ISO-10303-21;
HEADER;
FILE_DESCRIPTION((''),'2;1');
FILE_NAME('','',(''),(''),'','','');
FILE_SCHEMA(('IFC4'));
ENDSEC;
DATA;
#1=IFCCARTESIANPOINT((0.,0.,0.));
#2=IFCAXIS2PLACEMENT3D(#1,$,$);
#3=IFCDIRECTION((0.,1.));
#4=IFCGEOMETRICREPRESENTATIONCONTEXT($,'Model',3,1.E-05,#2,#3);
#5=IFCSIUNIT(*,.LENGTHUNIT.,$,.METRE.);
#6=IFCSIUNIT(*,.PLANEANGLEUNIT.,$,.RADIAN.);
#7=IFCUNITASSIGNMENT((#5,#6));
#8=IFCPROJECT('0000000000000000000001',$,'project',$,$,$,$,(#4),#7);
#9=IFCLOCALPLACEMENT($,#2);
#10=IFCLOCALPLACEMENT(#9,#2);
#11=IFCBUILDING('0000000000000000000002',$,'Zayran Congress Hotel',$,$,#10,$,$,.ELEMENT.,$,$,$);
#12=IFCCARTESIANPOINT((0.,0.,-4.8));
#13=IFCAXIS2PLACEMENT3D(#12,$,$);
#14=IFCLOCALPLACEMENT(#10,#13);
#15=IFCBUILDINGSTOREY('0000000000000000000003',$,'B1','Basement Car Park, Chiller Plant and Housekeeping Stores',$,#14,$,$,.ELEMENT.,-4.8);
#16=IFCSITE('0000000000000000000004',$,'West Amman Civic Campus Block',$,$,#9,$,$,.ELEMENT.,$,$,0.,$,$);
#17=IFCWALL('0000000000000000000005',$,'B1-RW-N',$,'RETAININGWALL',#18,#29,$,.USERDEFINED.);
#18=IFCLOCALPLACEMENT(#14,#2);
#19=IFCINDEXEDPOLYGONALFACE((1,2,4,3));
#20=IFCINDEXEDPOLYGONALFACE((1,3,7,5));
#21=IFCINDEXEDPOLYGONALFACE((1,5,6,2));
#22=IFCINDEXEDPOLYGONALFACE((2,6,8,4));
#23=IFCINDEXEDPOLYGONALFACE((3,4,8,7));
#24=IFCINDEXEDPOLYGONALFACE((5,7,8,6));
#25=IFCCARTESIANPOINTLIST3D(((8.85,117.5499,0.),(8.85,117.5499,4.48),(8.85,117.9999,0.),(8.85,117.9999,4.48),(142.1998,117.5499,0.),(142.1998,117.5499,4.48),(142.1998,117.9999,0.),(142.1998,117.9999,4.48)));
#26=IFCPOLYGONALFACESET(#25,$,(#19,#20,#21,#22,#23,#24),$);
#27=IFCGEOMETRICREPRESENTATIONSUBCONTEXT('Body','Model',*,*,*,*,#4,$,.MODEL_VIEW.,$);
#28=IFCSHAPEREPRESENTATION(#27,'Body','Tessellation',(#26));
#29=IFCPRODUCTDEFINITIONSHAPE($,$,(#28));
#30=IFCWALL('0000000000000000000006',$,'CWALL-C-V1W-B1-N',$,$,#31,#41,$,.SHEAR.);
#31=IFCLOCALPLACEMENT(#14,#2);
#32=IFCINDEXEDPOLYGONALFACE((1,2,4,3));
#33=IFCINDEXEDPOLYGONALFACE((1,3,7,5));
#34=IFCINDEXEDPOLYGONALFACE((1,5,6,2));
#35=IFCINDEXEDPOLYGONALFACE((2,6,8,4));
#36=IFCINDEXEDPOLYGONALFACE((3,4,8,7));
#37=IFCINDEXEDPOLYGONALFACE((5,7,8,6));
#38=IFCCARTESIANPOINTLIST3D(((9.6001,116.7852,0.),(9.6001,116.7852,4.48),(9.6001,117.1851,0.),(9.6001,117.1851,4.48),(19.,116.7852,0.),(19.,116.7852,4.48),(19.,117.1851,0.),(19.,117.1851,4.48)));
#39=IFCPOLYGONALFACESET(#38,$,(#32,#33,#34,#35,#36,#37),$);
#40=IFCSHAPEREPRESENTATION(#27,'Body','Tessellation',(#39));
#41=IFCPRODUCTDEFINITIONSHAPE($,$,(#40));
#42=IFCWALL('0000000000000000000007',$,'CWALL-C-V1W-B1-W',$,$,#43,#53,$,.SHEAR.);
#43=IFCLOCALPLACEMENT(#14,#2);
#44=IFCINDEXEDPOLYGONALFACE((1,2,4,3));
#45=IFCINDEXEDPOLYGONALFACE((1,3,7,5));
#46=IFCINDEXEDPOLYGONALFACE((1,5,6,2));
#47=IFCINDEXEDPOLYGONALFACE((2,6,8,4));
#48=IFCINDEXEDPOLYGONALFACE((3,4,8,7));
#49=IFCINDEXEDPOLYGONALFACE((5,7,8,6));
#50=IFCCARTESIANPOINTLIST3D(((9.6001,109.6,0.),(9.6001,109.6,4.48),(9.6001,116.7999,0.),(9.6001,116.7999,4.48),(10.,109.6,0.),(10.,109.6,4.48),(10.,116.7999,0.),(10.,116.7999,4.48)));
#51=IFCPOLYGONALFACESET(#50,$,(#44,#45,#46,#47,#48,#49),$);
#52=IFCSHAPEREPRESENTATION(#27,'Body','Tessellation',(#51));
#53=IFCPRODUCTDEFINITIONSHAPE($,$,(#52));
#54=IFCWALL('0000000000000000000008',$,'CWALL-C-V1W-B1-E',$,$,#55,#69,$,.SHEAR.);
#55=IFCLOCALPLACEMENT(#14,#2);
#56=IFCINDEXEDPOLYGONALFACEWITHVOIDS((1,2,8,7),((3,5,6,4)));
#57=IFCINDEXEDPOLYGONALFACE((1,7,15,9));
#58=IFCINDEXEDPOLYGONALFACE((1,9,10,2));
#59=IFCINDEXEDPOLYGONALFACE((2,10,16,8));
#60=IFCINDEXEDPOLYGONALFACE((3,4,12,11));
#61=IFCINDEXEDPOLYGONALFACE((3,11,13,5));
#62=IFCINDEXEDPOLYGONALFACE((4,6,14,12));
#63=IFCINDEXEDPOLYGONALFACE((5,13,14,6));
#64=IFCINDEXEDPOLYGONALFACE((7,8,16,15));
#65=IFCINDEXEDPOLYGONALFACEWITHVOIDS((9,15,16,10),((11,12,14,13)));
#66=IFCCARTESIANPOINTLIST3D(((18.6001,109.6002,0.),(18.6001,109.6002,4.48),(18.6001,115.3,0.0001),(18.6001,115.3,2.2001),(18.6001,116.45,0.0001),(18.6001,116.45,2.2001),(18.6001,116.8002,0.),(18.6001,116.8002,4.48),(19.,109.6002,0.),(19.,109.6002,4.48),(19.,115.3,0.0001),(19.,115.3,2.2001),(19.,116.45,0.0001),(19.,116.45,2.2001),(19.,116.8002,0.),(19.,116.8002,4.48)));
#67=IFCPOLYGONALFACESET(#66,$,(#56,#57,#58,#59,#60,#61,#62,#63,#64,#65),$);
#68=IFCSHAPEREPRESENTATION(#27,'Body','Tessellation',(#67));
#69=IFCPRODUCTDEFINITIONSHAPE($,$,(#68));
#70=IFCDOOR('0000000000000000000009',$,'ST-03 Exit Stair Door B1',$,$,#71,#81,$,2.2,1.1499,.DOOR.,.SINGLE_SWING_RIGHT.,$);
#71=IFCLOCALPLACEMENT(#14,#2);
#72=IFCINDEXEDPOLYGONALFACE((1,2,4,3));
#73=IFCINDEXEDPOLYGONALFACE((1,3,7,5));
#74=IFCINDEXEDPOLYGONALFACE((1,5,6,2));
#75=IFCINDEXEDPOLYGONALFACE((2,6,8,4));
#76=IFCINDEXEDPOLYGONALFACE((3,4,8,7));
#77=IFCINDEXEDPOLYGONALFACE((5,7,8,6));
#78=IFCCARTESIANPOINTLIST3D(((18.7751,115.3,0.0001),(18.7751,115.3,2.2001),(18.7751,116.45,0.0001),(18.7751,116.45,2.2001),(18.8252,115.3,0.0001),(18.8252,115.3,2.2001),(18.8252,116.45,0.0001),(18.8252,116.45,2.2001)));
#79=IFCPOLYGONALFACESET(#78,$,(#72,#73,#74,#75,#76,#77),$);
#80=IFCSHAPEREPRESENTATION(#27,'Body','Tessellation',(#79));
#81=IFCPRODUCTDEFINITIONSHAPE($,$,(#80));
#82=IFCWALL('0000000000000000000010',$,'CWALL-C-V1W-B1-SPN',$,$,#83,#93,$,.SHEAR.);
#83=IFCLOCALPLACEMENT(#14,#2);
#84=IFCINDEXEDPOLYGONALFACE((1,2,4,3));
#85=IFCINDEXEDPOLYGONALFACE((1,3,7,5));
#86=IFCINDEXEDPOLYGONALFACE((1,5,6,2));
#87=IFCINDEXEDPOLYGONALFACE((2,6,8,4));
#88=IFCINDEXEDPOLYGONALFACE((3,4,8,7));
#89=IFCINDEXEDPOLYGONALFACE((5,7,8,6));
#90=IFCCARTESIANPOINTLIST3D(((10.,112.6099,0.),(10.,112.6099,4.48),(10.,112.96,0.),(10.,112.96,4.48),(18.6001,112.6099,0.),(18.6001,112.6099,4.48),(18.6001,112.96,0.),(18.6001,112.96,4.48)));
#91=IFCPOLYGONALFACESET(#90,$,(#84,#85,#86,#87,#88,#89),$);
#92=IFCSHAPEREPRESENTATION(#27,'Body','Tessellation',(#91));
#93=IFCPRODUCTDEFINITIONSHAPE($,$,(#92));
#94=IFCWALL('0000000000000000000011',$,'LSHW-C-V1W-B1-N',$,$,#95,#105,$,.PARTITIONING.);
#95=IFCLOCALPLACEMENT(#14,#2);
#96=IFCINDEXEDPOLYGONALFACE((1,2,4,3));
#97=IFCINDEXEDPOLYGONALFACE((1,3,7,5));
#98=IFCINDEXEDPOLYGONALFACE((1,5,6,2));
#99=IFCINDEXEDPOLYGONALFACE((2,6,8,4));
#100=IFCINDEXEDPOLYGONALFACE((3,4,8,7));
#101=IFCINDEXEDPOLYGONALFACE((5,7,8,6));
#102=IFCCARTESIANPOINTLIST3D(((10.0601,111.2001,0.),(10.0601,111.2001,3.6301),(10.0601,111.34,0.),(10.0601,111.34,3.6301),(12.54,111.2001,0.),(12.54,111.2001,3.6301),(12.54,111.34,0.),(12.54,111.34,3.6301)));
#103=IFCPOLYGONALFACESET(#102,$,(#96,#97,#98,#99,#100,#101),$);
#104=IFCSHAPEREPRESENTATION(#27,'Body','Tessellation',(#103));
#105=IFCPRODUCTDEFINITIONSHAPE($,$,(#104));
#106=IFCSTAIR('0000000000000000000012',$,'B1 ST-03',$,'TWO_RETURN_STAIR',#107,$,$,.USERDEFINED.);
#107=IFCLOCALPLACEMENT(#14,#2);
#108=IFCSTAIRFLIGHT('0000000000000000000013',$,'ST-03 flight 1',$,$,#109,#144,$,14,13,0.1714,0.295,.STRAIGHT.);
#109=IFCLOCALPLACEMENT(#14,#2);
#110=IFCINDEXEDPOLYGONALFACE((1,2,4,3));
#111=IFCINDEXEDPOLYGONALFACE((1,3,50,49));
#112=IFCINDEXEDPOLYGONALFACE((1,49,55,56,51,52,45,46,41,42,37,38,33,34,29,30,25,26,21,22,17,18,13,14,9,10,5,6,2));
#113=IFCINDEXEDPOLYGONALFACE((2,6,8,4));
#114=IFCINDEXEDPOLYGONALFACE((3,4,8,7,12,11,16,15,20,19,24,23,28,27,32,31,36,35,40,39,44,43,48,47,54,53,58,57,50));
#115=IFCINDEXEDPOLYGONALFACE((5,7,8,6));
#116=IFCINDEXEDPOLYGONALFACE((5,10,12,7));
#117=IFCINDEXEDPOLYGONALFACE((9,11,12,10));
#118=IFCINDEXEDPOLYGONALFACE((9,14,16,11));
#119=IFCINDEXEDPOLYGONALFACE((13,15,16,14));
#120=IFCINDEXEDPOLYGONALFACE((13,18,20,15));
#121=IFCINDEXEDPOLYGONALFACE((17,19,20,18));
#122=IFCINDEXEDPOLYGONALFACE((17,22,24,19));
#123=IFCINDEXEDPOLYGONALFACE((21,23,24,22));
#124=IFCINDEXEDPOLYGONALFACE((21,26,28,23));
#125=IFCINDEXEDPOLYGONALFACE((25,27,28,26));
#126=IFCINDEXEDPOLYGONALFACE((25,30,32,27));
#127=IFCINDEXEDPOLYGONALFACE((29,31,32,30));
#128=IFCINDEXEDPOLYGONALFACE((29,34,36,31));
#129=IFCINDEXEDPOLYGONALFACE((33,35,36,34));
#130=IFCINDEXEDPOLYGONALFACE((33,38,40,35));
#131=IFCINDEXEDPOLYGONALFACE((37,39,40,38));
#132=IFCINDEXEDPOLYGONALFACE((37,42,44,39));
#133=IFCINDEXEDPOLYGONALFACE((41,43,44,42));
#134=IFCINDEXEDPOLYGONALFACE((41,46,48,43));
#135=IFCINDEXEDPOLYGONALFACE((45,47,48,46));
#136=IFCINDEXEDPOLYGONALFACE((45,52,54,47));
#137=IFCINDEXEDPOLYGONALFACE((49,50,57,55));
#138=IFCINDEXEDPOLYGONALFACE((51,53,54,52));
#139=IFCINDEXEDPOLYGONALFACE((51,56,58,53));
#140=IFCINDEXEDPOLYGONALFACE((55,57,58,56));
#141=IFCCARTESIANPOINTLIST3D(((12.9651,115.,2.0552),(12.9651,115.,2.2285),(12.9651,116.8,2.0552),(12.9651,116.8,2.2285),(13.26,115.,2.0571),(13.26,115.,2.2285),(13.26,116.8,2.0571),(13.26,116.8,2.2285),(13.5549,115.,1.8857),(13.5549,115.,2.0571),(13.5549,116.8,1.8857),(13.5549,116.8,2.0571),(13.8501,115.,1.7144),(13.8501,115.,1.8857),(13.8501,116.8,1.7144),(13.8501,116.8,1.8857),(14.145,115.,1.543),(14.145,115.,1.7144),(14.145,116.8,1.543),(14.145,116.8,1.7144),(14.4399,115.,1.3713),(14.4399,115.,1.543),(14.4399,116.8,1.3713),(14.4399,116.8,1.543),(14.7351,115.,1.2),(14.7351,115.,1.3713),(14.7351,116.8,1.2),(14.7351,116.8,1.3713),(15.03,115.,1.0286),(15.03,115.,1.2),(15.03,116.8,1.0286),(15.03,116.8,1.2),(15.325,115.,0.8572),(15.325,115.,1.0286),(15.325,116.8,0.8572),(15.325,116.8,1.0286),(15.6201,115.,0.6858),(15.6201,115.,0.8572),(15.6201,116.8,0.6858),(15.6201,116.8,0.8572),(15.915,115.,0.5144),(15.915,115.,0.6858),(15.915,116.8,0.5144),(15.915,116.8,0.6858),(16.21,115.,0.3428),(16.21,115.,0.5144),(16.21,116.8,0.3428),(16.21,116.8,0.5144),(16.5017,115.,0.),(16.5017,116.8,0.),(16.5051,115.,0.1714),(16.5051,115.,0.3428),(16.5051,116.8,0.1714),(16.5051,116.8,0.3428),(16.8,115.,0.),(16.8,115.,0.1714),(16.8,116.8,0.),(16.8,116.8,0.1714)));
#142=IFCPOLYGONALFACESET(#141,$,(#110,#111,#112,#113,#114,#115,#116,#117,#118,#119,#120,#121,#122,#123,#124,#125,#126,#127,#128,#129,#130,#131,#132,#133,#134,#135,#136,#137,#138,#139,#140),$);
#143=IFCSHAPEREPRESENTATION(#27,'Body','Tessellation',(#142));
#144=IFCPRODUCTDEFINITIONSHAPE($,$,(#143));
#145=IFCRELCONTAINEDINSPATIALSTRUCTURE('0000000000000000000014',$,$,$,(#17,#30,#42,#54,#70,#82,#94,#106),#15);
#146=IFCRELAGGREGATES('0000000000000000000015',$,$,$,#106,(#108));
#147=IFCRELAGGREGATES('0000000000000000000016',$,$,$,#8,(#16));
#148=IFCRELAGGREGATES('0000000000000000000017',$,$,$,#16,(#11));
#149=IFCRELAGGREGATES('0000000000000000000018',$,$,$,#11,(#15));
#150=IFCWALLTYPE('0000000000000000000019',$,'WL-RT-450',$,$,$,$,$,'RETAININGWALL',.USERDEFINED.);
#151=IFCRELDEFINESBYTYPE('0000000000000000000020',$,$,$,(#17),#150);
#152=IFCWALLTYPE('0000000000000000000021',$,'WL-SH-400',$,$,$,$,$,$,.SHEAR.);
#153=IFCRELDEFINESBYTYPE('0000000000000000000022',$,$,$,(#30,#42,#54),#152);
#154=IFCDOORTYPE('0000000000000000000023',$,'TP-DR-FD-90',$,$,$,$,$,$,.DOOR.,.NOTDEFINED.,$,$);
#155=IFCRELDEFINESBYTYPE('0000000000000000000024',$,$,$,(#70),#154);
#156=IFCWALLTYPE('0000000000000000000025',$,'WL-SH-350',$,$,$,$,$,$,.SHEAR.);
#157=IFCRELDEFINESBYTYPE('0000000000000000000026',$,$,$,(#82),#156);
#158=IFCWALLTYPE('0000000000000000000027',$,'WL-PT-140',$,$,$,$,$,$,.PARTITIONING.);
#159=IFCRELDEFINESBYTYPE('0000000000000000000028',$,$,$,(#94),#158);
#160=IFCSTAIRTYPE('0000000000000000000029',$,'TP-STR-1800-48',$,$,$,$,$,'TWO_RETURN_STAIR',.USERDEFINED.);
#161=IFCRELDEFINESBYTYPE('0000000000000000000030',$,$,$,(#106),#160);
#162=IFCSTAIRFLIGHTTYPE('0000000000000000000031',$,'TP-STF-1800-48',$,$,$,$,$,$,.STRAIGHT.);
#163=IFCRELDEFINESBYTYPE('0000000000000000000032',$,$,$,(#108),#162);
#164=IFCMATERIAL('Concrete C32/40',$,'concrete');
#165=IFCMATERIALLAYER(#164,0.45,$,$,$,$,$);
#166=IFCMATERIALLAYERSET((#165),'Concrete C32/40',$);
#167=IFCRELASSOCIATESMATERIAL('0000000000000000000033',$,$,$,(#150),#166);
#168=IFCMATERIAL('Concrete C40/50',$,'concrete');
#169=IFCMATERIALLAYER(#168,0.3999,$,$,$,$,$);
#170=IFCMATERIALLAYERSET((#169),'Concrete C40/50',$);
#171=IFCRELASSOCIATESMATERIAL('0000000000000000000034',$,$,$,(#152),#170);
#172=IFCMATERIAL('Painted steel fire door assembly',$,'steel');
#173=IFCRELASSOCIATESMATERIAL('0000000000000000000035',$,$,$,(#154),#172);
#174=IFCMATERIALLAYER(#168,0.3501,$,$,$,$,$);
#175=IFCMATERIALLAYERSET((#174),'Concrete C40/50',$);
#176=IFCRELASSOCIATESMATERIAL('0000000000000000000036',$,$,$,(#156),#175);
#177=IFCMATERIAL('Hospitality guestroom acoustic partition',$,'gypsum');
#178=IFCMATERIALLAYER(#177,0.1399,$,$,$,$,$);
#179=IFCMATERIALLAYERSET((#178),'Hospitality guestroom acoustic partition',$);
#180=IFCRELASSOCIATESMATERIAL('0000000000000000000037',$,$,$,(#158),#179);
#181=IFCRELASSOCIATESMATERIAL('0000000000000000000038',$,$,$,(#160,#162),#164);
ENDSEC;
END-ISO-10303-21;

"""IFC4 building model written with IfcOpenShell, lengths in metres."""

from ifc_helpers import new_model, si_unit, direction, frame, frame_2d, origin, place, context, subcontext, project, spatial, polyline, rectangle, outline, extrude, material, layer, layer_set, type_object, element, fill, aggregate, save


model = new_model("IFC4")

# Units and contexts
model_context = context("Model", 3, precision=1e-05, world=origin(), true_north=direction((0.0, 1.0)))
body_context = subcontext(model_context, "Body", "Model", "MODEL_VIEW")
ifc_project = project(units=[si_unit("LENGTHUNIT", "METRE"), si_unit("PLANEANGLEUNIT", "RADIAN")], contexts=[model_context])

# Site, building, storey
site_placement = place(None, origin())
site = spatial("IfcSite", under=ifc_project, at=site_placement, Name="West Amman Civic Campus Block", CompositionType="ELEMENT", RefElevation=0.0)
building_placement = place(site_placement, origin())
building = spatial("IfcBuilding", under=site, at=building_placement, Name="Zayran Congress Hotel", CompositionType="ELEMENT")
storey_placement = place(building_placement, frame((0.0, 0.0, -4.8)))
storey = spatial("IfcBuildingStorey", under=building, at=storey_placement, Name="B1", Description="Basement Car Park, Chiller Plant and Housekeeping Stores", CompositionType="ELEMENT", Elevation=-4.8)

# Shared definitions
ifc_material_1 = material(Name="Concrete C40/50", Category="concrete")

# Walls
ifc_material_2 = material(Name="Concrete C32/40", Category="concrete")
ifc_layer_1 = layer(ifc_material_2, 0.45)
ifc_layer_set_1 = layer_set([ifc_layer_1], Name="Concrete C32/40")
wall_type_1 = type_object("IfcWallType", Name="WL-RT-450", ElementType="RETAININGWALL", PredefinedType="USERDEFINED", material=ifc_layer_set_1)
wall_1_placement = place(storey_placement, frame((8.8501, 117.7749, 0.0), z_axis=(0.0, 0.0, 1.0), x_axis=(1.0, 0.0, 0.0)))
element("IfcWall", 1, at=wall_1_placement, inside=storey, type_object=wall_type_1, Name="B1-RW-N", ObjectType="RETAININGWALL", PredefinedType="USERDEFINED", context=body_context, shape_type="SweptSolid", body=[
    extrude(rectangle(XDim=133.3499, YDim=0.45, at=frame_2d((66.6748, 0.0))), origin(), (0.0, 0.0, 1.0), 4.48),
])
ifc_layer_2 = layer(ifc_material_1, 0.3999)
ifc_layer_set_2 = layer_set([ifc_layer_2], Name="Concrete C40/50")
wall_type_2 = type_object("IfcWallType", Name="WL-SH-400", PredefinedType="SHEAR", material=ifc_layer_set_2)
wall_2_placement = place(storey_placement, frame((19.0, 116.9851, 0.0), z_axis=(0.0, 0.0, 1.0), x_axis=(-1.0, 0.0, 0.0)))
element("IfcWall", 2, at=wall_2_placement, inside=storey, type_object=wall_type_2, Name="CWALL-C-V1W-B1-N", PredefinedType="SHEAR", context=body_context, shape_type="SweptSolid", body=[
    extrude(rectangle(XDim=9.3999, YDim=0.3999, at=frame_2d((4.7, 0.0))), origin(), (0.0, 0.0, 1.0), 4.48),
])
wall_3_placement = place(storey_placement, frame((9.8, 116.8, 0.0), z_axis=(0.0, 0.0, 1.0), x_axis=(0.0, -1.0, 0.0)))
element("IfcWall", 3, at=wall_3_placement, inside=storey, type_object=wall_type_2, Name="CWALL-C-V1W-B1-W", PredefinedType="SHEAR", context=body_context, shape_type="SweptSolid", body=[
    extrude(rectangle(XDim=7.2, YDim=0.3999, at=frame_2d((3.6001, 0.0))), origin(), (0.0, 0.0, 1.0), 4.48),
])

# Wall, opening, door
wall_4_placement = place(storey_placement, frame((18.8, 109.6001, 0.0), z_axis=(0.0, 0.0, 1.0), x_axis=(0.0, 1.0, 0.0)))
wall_4 = element("IfcWall", 4, at=wall_4_placement, inside=storey, type_object=wall_type_2, Name="CWALL-C-V1W-B1-E", PredefinedType="SHEAR", context=body_context, shape_type="SweptSolid", body=[
    extrude(rectangle(XDim=7.2, YDim=0.3999, at=frame_2d((3.6001, 0.0))), origin(), (0.0, 0.0, 1.0), 4.48),
])
opening_placement = place(wall_4_placement, frame((5.7, 0.0, 0.0)))
opening = element("IfcOpeningElement", 5, at=opening_placement, cuts=wall_4, PredefinedType="OPENING", context=body_context, shape_type="SweptSolid", body=[
    extrude(rectangle(XDim=1.1499, YDim=2.2, at=frame_2d((0.575, 1.1001))), frame((0.0, 0.21, 0.0), z_axis=(0.0, -1.0, 0.0), x_axis=(1.0, 0.0, 0.0)), (0.0, 0.0, 1.0), 0.4199),
])
ifc_material_3 = material(Name="Painted steel fire door assembly", Category="steel")
door_type = type_object("IfcDoorType", Name="TP-DR-FD-90", OperationType="NOTDEFINED", PredefinedType="DOOR", material=ifc_material_3)
door_placement = place(opening_placement, origin())
door = element("IfcDoor", 6, at=door_placement, inside=storey, type_object=door_type, Name="ST-03 Exit Stair Door B1", OperationType="SINGLE_SWING_RIGHT", OverallHeight=2.2, OverallWidth=1.1499, PredefinedType="DOOR", context=body_context, shape_type="SweptSolid", body=[
    extrude(rectangle(XDim=1.1499, YDim=2.2, at=frame_2d((0.575, 1.1001))), frame((0.0, 0.0249, 0.0), z_axis=(0.0, -1.0, 0.0), x_axis=(1.0, 0.0, 0.0)), (0.0, 0.0, 1.0), 0.05),
])
fill(opening, door)

# Walls
ifc_layer_3 = layer(ifc_material_1, 0.3501)
ifc_layer_set_3 = layer_set([ifc_layer_3], Name="Concrete C40/50")
wall_type_3 = type_object("IfcWallType", Name="WL-SH-350", PredefinedType="SHEAR", material=ifc_layer_set_3)
wall_5_placement = place(storey_placement, frame((10.0, 112.7849, 0.0), z_axis=(0.0, 0.0, 1.0), x_axis=(1.0, 0.0, 0.0)))
element("IfcWall", 7, at=wall_5_placement, inside=storey, type_object=wall_type_3, Name="CWALL-C-V1W-B1-SPN", PredefinedType="SHEAR", context=body_context, shape_type="SweptSolid", body=[
    extrude(rectangle(XDim=8.6001, YDim=0.3501, at=frame_2d((4.3, 0.0))), origin(), (0.0, 0.0, 1.0), 4.48),
])
ifc_material_4 = material(Name="Hospitality guestroom acoustic partition", Category="gypsum")
ifc_layer_4 = layer(ifc_material_4, 0.1399)
ifc_layer_set_4 = layer_set([ifc_layer_4], Name="Hospitality guestroom acoustic partition")
wall_type_4 = type_object("IfcWallType", Name="WL-PT-140", PredefinedType="PARTITIONING", material=ifc_layer_set_4)
wall_6_placement = place(storey_placement, frame((10.0601, 111.27, 0.0), z_axis=(0.0, 0.0, 1.0), x_axis=(1.0, 0.0, 0.0)))
element("IfcWall", 8, at=wall_6_placement, inside=storey, type_object=wall_type_4, Name="LSHW-C-V1W-B1-N", PredefinedType="PARTITIONING", context=body_context, shape_type="SweptSolid", body=[
    extrude(rectangle(XDim=2.48, YDim=0.1399, at=frame_2d((1.24, 0.0))), origin(), (0.0, 0.0, 1.0), 3.6301),
])

# Stair, stair flight
stair_type = type_object("IfcStairType", Name="TP-STR-1800-48", ElementType="TWO_RETURN_STAIR", PredefinedType="USERDEFINED", material=ifc_material_2)
stair_placement = place(storey_placement, origin())
stair = element("IfcStair", 9, at=stair_placement, inside=storey, type_object=stair_type, Name="B1 ST-03", ObjectType="TWO_RETURN_STAIR", PredefinedType="USERDEFINED")
stair_flight_type = type_object("IfcStairFlightType", Name="TP-STF-1800-48", PredefinedType="STRAIGHT", material=ifc_material_2)
stair_flight_1_placement = place(storey_placement, frame((16.8, 115.8999, 0.0), z_axis=(0.0, 0.0, 1.0), x_axis=(-1.0, 0.0, 0.0)))
stair_flight_1 = element("IfcStairFlight", 10, at=stair_flight_1_placement, type_object=stair_flight_type, Name="ST-03 flight 1", NumberOfRisers=14, NumberOfTreads=13, PredefinedType="STRAIGHT", RiserHeight=0.1714, TreadLength=0.295, context=body_context, shape_type="SweptSolid", body=[
    extrude(outline(polyline([(0.0, 0.0), (0.0, 0.1714), (0.2949, 0.1714), (0.2949, 0.3428), (0.5901, 0.3428), (0.5901, 0.5144), (0.885, 0.5144), (0.885, 0.6858), (1.1799, 0.6858), (1.1799, 0.8572), (1.4751, 0.8572), (1.4751, 1.0286), (1.77, 1.0286), (1.77, 1.2), (2.0649, 1.2), (2.0649, 1.3713), (2.3601, 1.3713), (2.3601, 1.543), (2.655, 1.543), (2.655, 1.7144), (2.95, 1.7144), (2.95, 1.8857), (3.2451, 1.8857), (3.2451, 2.0571), (3.54, 2.0571), (3.54, 2.2285), (3.835, 2.2285), (3.835, 2.3999), (3.835, 2.0552), (0.2983, 0.0), (0.0, 0.0)])), frame((0.0, 0.8999, 0.0), z_axis=(0.0, -1.0, 0.0), x_axis=(1.0, 0.0, 0.0)), (0.0, 0.0, 1.0), 1.8),
])
aggregate(stair, [stair_flight_1])

save(model, "model.ifc")
